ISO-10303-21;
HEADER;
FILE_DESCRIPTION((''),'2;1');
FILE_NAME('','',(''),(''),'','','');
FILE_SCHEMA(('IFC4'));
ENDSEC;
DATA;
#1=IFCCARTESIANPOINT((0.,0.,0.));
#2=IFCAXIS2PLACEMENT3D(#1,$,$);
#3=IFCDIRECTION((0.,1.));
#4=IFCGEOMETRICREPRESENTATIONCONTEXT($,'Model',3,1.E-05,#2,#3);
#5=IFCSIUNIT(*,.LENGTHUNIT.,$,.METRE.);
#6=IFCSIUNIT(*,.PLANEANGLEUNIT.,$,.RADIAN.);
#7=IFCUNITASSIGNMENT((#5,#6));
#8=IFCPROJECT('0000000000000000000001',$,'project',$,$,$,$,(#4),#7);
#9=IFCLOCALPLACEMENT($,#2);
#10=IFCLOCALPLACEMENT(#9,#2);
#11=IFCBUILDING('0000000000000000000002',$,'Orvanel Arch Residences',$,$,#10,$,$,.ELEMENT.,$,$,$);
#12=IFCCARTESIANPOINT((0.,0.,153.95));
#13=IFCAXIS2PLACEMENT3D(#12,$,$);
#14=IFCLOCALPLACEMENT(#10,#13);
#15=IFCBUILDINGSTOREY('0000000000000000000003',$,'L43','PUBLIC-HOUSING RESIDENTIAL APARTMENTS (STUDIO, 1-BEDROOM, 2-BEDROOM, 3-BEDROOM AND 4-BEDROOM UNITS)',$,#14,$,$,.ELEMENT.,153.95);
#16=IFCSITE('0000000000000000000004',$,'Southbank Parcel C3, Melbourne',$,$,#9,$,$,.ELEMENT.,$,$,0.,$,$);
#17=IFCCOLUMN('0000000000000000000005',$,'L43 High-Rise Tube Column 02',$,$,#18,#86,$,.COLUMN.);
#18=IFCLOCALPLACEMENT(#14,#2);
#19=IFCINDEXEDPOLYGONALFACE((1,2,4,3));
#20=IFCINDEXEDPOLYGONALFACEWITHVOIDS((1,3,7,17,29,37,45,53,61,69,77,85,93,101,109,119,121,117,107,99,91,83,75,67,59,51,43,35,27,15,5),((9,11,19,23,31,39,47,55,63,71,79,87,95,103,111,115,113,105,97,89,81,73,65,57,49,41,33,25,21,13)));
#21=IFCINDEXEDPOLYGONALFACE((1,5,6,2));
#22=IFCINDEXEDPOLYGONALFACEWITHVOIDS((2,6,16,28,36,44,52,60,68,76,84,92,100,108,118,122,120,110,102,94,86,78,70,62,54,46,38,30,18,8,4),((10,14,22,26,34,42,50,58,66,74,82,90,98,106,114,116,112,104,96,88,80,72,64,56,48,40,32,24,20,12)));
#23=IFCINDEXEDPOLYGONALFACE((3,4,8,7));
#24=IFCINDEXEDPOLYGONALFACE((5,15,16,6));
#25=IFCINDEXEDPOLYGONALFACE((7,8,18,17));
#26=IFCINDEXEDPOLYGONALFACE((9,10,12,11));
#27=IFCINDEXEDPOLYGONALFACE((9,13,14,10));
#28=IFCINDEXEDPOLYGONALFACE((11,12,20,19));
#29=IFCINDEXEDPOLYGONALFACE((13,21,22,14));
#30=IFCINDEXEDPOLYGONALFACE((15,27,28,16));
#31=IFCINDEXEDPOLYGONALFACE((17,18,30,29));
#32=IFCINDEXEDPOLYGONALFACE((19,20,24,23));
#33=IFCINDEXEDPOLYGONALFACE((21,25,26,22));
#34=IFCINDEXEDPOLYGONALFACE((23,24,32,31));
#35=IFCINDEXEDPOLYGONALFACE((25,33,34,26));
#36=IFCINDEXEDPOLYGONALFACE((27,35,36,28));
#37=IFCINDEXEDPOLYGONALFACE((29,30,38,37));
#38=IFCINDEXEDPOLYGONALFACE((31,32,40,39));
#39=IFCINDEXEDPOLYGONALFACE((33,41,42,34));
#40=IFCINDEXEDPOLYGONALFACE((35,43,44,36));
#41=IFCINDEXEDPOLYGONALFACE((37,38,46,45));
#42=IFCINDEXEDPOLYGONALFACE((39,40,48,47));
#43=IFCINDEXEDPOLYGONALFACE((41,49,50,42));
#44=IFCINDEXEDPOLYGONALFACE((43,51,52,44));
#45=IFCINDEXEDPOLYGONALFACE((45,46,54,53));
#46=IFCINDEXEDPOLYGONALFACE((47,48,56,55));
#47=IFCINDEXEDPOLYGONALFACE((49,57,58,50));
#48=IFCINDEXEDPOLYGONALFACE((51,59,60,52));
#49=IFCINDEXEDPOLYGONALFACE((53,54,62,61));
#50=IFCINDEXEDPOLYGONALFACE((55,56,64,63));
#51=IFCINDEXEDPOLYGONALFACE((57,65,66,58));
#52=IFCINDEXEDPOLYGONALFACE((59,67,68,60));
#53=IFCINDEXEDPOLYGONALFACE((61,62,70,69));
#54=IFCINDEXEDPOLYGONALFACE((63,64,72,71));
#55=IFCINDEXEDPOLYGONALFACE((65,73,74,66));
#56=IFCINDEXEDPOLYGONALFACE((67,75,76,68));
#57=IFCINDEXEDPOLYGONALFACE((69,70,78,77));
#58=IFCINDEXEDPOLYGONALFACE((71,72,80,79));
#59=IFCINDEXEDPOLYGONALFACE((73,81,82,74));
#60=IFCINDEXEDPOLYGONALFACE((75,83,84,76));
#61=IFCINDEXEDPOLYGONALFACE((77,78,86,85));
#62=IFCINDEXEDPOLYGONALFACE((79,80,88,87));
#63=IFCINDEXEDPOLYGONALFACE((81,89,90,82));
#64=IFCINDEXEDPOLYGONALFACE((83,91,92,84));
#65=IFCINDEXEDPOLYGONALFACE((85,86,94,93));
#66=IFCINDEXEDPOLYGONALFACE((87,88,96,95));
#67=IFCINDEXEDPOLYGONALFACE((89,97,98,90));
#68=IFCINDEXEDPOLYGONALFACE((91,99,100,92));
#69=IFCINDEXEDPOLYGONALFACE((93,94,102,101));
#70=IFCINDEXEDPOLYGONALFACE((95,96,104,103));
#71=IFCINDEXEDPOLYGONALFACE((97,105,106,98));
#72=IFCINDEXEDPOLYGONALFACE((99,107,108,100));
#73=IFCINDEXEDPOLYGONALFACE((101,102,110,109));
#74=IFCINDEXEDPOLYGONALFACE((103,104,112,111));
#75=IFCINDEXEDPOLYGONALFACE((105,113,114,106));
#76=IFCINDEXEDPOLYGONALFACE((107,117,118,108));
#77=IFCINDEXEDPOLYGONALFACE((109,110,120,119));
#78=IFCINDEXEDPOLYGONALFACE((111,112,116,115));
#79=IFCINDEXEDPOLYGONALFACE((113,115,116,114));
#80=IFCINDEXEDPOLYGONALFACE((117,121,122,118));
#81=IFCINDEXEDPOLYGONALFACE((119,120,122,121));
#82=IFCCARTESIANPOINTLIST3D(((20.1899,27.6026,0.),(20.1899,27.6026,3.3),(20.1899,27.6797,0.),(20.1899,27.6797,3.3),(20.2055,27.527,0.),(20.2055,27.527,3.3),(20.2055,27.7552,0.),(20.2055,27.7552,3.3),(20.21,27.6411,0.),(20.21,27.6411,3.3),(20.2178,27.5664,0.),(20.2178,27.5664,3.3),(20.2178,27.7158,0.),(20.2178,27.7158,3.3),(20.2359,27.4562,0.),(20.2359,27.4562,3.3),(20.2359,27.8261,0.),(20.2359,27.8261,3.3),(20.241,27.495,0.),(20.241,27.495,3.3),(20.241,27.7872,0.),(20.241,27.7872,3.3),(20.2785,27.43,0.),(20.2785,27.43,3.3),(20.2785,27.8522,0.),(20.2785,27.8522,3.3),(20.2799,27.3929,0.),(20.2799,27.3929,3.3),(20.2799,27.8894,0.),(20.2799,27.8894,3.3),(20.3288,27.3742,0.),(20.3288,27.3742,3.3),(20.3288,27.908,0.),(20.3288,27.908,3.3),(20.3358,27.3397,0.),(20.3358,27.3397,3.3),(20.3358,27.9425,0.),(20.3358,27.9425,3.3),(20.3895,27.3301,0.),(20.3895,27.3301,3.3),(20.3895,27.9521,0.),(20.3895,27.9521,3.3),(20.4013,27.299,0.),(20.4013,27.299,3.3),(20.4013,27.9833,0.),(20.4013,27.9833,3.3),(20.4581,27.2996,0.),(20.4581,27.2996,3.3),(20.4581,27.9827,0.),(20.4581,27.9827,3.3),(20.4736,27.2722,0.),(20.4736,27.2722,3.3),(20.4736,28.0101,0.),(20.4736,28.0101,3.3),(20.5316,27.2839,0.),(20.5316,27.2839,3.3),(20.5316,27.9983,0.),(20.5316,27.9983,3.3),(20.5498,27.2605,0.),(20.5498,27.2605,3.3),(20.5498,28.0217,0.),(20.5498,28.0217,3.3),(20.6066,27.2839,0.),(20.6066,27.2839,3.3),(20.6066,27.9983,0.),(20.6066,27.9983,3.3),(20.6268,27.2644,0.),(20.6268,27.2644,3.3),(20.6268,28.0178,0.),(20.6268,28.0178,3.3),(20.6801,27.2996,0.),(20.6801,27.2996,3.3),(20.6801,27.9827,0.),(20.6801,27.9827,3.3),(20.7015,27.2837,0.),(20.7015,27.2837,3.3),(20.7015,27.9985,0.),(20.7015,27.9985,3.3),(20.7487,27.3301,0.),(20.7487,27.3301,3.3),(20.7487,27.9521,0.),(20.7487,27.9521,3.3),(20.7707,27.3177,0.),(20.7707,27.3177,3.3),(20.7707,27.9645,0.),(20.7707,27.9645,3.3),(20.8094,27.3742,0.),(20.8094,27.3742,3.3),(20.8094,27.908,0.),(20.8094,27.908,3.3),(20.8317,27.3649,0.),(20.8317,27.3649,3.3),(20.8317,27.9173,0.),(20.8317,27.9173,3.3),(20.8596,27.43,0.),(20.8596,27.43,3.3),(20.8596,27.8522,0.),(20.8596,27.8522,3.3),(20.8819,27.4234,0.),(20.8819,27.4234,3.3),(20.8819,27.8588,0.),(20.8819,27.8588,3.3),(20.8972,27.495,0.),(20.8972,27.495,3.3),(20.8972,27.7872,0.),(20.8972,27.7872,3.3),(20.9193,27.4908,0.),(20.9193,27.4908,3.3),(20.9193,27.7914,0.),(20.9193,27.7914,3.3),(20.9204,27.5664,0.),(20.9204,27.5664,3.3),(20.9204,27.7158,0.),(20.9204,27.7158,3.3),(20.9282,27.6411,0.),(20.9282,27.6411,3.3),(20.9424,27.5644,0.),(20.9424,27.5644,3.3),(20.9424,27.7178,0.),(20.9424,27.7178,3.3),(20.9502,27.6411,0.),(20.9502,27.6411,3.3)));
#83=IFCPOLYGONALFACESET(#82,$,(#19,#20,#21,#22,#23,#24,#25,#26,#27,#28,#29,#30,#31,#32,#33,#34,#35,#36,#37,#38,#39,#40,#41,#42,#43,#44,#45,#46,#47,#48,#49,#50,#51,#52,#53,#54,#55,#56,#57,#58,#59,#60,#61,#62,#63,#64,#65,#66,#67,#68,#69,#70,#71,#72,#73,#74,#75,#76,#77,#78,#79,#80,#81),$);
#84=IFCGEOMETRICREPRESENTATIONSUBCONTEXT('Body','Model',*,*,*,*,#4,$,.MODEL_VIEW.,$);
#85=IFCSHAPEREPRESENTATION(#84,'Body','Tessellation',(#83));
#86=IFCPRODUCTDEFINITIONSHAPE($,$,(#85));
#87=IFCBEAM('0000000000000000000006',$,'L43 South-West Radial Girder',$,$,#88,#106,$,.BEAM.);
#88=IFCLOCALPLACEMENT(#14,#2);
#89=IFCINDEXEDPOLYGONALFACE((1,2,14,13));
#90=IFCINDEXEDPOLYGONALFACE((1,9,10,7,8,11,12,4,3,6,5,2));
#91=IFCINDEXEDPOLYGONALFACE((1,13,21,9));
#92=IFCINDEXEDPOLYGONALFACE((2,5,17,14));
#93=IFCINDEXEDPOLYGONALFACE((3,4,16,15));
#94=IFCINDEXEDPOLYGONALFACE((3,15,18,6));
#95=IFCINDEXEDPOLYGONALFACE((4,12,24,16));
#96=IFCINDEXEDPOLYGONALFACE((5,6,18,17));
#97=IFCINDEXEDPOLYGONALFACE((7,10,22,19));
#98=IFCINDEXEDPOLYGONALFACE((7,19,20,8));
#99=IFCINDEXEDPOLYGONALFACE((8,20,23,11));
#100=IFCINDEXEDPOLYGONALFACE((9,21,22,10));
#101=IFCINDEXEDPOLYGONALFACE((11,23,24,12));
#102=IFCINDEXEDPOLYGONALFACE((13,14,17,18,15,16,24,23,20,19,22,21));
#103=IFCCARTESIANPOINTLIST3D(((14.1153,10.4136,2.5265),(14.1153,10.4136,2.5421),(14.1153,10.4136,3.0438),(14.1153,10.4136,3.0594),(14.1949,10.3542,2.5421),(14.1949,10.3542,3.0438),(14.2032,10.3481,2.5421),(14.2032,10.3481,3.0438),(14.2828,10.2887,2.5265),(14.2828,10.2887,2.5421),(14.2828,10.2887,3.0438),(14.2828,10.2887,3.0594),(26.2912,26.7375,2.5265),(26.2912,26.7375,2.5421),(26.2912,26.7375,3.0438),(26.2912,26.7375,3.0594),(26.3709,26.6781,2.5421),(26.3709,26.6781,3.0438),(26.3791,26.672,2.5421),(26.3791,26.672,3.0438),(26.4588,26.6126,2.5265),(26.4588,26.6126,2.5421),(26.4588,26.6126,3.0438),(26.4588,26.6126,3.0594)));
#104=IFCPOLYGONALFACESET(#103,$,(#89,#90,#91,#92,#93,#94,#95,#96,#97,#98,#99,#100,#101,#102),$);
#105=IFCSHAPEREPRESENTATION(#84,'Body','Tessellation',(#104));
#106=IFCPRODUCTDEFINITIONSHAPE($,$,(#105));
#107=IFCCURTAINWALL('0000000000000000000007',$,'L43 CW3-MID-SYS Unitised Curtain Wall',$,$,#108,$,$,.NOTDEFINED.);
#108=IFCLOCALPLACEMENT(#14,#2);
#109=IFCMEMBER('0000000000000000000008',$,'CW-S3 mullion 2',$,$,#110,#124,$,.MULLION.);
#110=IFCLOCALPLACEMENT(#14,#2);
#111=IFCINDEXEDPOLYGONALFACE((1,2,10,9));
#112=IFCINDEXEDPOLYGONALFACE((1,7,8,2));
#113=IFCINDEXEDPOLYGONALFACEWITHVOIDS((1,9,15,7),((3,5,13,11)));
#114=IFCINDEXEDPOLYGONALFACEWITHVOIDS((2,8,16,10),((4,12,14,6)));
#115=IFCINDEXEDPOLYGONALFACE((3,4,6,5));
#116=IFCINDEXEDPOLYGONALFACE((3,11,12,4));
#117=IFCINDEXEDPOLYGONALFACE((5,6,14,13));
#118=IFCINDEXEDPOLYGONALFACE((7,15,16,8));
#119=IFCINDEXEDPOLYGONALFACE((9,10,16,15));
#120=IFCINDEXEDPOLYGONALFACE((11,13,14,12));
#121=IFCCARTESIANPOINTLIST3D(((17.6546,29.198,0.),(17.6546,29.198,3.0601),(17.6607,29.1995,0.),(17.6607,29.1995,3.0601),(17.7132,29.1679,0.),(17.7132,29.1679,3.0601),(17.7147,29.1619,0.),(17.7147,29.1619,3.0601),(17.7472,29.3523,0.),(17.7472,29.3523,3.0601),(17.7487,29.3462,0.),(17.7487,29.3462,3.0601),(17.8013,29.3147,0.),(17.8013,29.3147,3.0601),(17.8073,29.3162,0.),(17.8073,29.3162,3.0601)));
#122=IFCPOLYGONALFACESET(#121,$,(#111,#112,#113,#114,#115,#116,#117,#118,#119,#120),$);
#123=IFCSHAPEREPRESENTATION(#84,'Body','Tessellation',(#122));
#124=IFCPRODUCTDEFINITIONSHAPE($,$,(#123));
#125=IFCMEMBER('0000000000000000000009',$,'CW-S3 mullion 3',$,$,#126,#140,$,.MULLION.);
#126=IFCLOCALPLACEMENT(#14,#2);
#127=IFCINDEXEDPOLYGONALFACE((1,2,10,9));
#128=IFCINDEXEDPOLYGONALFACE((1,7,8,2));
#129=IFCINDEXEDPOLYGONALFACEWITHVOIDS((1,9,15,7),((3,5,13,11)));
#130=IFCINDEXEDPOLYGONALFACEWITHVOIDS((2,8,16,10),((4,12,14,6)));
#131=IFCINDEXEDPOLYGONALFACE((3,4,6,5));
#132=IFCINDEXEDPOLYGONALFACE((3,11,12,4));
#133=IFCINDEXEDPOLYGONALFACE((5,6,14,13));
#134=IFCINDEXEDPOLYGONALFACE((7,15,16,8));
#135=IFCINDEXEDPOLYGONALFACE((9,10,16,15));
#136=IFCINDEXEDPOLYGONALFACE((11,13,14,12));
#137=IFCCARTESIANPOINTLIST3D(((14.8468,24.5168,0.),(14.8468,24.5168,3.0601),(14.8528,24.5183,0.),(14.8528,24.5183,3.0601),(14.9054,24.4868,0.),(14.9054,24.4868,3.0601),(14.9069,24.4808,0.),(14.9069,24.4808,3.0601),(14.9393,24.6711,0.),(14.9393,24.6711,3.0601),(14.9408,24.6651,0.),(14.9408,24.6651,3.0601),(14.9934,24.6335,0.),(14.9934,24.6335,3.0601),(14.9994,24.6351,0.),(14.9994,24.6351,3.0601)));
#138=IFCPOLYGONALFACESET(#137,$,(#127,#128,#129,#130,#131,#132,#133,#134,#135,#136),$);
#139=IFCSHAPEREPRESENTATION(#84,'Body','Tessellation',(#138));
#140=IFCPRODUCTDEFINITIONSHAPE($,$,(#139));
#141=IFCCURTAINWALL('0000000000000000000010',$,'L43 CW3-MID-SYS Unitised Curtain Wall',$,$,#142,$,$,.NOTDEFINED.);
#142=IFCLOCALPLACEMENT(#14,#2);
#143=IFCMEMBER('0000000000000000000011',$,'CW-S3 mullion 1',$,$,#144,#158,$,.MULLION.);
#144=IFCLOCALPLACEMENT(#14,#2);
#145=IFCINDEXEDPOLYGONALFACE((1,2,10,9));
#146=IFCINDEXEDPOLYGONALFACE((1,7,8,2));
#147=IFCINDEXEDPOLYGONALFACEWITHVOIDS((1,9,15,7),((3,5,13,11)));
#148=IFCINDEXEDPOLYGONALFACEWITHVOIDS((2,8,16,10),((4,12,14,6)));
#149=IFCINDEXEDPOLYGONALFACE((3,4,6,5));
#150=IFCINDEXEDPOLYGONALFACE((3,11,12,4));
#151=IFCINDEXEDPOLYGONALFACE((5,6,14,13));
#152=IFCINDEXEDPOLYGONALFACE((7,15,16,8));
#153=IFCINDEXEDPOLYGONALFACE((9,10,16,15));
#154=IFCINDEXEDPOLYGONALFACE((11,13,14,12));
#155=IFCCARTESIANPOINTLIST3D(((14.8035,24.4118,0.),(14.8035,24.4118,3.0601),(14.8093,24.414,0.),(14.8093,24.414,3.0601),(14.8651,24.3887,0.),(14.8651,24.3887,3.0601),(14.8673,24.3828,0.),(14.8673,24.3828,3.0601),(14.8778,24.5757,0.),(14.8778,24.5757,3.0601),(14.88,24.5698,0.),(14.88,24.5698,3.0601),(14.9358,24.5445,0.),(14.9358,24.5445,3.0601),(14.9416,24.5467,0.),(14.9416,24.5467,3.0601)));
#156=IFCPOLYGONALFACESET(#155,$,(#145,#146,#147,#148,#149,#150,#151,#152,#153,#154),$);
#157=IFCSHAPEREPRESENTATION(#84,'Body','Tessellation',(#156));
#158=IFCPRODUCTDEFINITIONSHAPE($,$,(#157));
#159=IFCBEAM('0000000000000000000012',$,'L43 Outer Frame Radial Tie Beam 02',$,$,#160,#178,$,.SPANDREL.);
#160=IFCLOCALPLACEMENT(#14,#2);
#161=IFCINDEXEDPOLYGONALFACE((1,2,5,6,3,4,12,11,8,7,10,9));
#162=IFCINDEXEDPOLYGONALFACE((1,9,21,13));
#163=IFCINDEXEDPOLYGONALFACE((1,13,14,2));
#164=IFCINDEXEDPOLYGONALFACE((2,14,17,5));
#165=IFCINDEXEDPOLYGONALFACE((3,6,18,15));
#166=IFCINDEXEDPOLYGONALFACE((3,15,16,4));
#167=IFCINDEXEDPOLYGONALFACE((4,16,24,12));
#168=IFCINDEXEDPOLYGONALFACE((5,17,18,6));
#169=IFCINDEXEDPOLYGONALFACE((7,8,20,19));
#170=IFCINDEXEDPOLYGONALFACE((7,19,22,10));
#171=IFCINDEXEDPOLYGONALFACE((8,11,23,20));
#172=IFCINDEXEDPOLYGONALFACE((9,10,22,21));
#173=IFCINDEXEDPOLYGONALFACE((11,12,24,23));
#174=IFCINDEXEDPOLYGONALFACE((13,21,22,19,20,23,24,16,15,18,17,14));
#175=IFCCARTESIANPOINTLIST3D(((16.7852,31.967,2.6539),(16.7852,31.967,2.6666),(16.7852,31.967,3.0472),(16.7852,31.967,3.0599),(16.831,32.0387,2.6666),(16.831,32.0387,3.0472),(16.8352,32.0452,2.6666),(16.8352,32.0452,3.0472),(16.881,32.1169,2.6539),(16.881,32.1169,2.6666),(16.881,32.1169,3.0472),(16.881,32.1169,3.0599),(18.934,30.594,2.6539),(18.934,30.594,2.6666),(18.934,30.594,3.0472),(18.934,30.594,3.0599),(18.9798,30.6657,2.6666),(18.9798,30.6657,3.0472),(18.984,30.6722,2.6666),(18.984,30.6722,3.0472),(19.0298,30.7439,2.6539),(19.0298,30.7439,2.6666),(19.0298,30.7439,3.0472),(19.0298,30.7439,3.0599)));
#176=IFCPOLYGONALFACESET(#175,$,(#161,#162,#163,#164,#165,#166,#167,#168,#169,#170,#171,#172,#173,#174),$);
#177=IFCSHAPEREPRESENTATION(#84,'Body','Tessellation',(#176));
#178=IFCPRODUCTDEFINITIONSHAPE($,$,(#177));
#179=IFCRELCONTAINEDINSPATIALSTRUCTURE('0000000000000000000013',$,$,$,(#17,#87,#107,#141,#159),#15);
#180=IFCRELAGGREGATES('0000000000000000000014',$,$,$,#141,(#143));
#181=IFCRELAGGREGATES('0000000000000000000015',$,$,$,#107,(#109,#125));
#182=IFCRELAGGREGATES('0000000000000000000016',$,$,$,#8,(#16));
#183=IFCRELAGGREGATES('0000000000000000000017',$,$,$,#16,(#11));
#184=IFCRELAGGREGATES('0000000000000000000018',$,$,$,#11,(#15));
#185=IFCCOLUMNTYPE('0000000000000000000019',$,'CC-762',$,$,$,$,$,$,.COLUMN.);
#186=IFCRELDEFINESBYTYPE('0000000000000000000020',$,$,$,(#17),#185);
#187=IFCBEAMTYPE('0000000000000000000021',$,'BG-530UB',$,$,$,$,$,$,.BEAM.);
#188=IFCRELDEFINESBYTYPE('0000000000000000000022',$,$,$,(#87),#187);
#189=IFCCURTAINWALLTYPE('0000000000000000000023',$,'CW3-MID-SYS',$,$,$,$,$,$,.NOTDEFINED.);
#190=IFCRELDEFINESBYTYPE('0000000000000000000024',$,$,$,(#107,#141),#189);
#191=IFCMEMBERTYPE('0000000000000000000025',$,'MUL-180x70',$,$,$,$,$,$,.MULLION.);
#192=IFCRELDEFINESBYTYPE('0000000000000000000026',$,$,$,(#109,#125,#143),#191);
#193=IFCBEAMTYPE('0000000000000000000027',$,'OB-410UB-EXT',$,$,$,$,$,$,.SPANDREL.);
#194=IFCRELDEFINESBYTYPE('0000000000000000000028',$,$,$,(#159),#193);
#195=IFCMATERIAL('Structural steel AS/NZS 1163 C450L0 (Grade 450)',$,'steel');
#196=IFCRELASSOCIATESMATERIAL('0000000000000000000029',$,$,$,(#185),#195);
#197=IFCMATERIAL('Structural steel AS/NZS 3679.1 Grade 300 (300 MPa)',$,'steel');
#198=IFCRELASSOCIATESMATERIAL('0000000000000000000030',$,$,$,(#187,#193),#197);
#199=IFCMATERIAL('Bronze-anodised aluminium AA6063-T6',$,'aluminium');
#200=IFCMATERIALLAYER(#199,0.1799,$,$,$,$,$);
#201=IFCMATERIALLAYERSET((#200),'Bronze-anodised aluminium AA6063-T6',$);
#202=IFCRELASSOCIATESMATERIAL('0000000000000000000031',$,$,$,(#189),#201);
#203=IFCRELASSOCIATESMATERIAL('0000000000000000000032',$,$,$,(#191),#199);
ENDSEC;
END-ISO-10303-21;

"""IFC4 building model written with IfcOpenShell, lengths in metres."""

from ifc_helpers import new_model, si_unit, direction, frame, origin, origin_2d, place, context, subcontext, project, spatial, hollow_rectangle, hollow_circle, i_section, extrude, material, layer, layer_set, material_profile, profile_set, type_object, element, aggregate, save


model = new_model("IFC4")

# Units and contexts
model_context = context("Model", 3, precision=1e-05, world=origin(), true_north=direction((0.0, 1.0)))
body_context = subcontext(model_context, "Body", "Model", "MODEL_VIEW")
ifc_project = project(units=[si_unit("LENGTHUNIT", "METRE"), si_unit("PLANEANGLEUNIT", "RADIAN")], contexts=[model_context])

# Site, building, storey
site_placement = place(None, origin())
site = spatial("IfcSite", under=ifc_project, at=site_placement, Name="Southbank Parcel C3, Melbourne", CompositionType="ELEMENT", RefElevation=0.0)
building_placement = place(site_placement, origin())
building = spatial("IfcBuilding", under=site, at=building_placement, Name="Orvanel Arch Residences", CompositionType="ELEMENT")
storey_placement = place(building_placement, frame((0.0, 0.0, 153.95)))
storey = spatial("IfcBuildingStorey", under=building, at=storey_placement, Name="L43", Description="PUBLIC-HOUSING RESIDENTIAL APARTMENTS (STUDIO, 1-BEDROOM, 2-BEDROOM, 3-BEDROOM AND 4-BEDROOM UNITS)", CompositionType="ELEMENT", Elevation=153.95)

# Column
ifc_material_1 = material(Name="Structural steel AS/NZS 1163 C450L0 (Grade 450)", Category="steel")
ifc_material_profile_1 = material_profile(ifc_material_1, hollow_circle(Radius=0.3811, WallThickness=0.022, at=origin_2d()), Name="CHS762x22")
ifc_profile_set_1 = profile_set([ifc_material_profile_1], Name="Structural steel AS/NZS 1163 C450L0 (Grade 450)")
column_type = type_object("IfcColumnType", Name="CC-762", PredefinedType="COLUMN", material=ifc_profile_set_1)
column_placement = place(storey_placement, frame((20.5691, 27.6411, 0.0), z_axis=(0.0, 0.0, 1.0), x_axis=(1.0, 0.0, 0.0)))
element("IfcColumn", 1, at=column_placement, inside=storey, type_object=column_type, Name="L43 High-Rise Tube Column 02", PredefinedType="COLUMN", context=body_context, shape_type="SweptSolid", body=[
    extrude(hollow_circle(Radius=0.3811, WallThickness=0.022, at=origin_2d()), origin(), (0.0, 0.0, 1.0), 3.3),
])

# Beam
ifc_material_2 = material(Name="Structural steel AS/NZS 3679.1 Grade 300 (300 MPa)", Category="steel")
ifc_material_profile_2 = material_profile(ifc_material_2, i_section(OverallWidth=0.209, OverallDepth=0.533, WebThickness=0.0103, FlangeThickness=0.0156, at=origin_2d()), Name="530UB92.4")
ifc_profile_set_2 = profile_set([ifc_material_profile_2], Name="Structural steel AS/NZS 3679.1 Grade 300 (300 MPa)")
beam_type_1 = type_object("IfcBeamType", Name="BG-530UB", PredefinedType="BEAM", material=ifc_profile_set_2)
beam_1_placement = place(storey_placement, frame((26.375, 26.675, 2.793), z_axis=(-0.597894, -0.801575, 0.0), x_axis=(0.801575, -0.597894, 0.0)))
element("IfcBeam", 2, at=beam_1_placement, inside=storey, type_object=beam_type_1, Name="L43 South-West Radial Girder", PredefinedType="BEAM", context=body_context, shape_type="SweptSolid", body=[
    extrude(i_section(OverallWidth=0.209, OverallDepth=0.533, WebThickness=0.0103, FlangeThickness=0.0156, at=origin_2d()), origin(), (0.0, 0.0, 1.0), 20.3647),
])

# Curtain wall, members
ifc_material_3 = material(Name="Bronze-anodised aluminium AA6063-T6", Category="aluminium")
ifc_layer_1 = layer(ifc_material_3, 0.1799)
ifc_layer_set_1 = layer_set([ifc_layer_1], Name="Bronze-anodised aluminium AA6063-T6")
curtain_wall_type = type_object("IfcCurtainWallType", Name="CW3-MID-SYS", PredefinedType="NOTDEFINED", material=ifc_layer_set_1)
curtain_wall_1_placement = place(storey_placement, origin())
curtain_wall_1 = element("IfcCurtainWall", 3, at=curtain_wall_1_placement, inside=storey, type_object=curtain_wall_type, Name="L43 CW3-MID-SYS Unitised Curtain Wall", PredefinedType="NOTDEFINED")
ifc_material_profile_3 = material_profile(ifc_material_3, hollow_rectangle(XDim=0.0701, YDim=0.1799, WallThickness=0.0044, at=origin_2d()), Name="ALU180x70x4.5")
ifc_profile_set_3 = profile_set([ifc_material_profile_3], Name="Bronze-anodised aluminium AA6063-T6")
member_type_1 = type_object("IfcMemberType", Name="MUL-180x70", PredefinedType="MULLION", material=ifc_profile_set_3)
member_1_placement = place(storey_placement, frame((17.731, 29.2571, 0.0), z_axis=(0.0, 0.0, 1.0), x_axis=(0.857541, -0.514415, 0.0)))
member_1 = element("IfcMember", 4, at=member_1_placement, type_object=member_type_1, Name="CW-S3 mullion 2", PredefinedType="MULLION", context=body_context, shape_type="SweptSolid", body=[
    extrude(hollow_rectangle(XDim=0.0701, YDim=0.1799, WallThickness=0.0044, at=origin_2d()), origin(), (0.0, 0.0, 1.0), 3.0601),
])
member_2_placement = place(storey_placement, frame((14.9231, 24.5759, 0.0), z_axis=(0.0, 0.0, 1.0), x_axis=(0.857541, -0.514415, 0.0)))
member_2 = element("IfcMember", 5, at=member_2_placement, type_object=member_type_1, Name="CW-S3 mullion 3", PredefinedType="MULLION", context=body_context, shape_type="SweptSolid", body=[
    extrude(hollow_rectangle(XDim=0.0701, YDim=0.1799, WallThickness=0.0044, at=origin_2d()), origin(), (0.0, 0.0, 1.0), 3.0601),
])

# Curtain wall, member
curtain_wall_2_placement = place(storey_placement, origin())
curtain_wall_2 = element("IfcCurtainWall", 6, at=curtain_wall_2_placement, inside=storey, type_object=curtain_wall_type, Name="L43 CW3-MID-SYS Unitised Curtain Wall", PredefinedType="NOTDEFINED")
member_3_placement = place(storey_placement, frame((14.8726, 24.4792, 0.0), z_axis=(0.0, 0.0, 1.0), x_axis=(0.910649, -0.413181, 0.0)))
member_3 = element("IfcMember", 7, at=member_3_placement, type_object=member_type_1, Name="CW-S3 mullion 1", PredefinedType="MULLION", context=body_context, shape_type="SweptSolid", body=[
    extrude(hollow_rectangle(XDim=0.0701, YDim=0.1799, WallThickness=0.0044, at=origin_2d()), origin(), (0.0, 0.0, 1.0), 3.0601),
])

# Beam
ifc_material_profile_4 = material_profile(ifc_material_2, i_section(OverallWidth=0.178, OverallDepth=0.406, WebThickness=0.0078, FlangeThickness=0.0127, at=origin_2d()), Name="410UB59.7")
ifc_profile_set_4 = profile_set([ifc_material_profile_4], Name="Structural steel AS/NZS 3679.1 Grade 300 (300 MPa)")
beam_type_2 = type_object("IfcBeamType", Name="OB-410UB-EXT", PredefinedType="SPANDREL", material=ifc_profile_set_4)
beam_2_placement = place(storey_placement, frame((18.9819, 30.6689, 2.8569), z_axis=(-0.842675, 0.538423, 0.0), x_axis=(-0.538423, -0.842675, 0.0)))
element("IfcBeam", 8, at=beam_2_placement, inside=storey, type_object=beam_type_2, Name="L43 Outer Frame Radial Tie Beam 02", PredefinedType="SPANDREL", context=body_context, shape_type="SweptSolid", body=[
    extrude(i_section(OverallWidth=0.178, OverallDepth=0.406, WebThickness=0.0078, FlangeThickness=0.0127, at=origin_2d()), origin(), (0.0, 0.0, 1.0), 2.55),
])

aggregate(curtain_wall_2, [member_3])

aggregate(curtain_wall_1, [member_1, member_2])

save(model, "model.ifc")
